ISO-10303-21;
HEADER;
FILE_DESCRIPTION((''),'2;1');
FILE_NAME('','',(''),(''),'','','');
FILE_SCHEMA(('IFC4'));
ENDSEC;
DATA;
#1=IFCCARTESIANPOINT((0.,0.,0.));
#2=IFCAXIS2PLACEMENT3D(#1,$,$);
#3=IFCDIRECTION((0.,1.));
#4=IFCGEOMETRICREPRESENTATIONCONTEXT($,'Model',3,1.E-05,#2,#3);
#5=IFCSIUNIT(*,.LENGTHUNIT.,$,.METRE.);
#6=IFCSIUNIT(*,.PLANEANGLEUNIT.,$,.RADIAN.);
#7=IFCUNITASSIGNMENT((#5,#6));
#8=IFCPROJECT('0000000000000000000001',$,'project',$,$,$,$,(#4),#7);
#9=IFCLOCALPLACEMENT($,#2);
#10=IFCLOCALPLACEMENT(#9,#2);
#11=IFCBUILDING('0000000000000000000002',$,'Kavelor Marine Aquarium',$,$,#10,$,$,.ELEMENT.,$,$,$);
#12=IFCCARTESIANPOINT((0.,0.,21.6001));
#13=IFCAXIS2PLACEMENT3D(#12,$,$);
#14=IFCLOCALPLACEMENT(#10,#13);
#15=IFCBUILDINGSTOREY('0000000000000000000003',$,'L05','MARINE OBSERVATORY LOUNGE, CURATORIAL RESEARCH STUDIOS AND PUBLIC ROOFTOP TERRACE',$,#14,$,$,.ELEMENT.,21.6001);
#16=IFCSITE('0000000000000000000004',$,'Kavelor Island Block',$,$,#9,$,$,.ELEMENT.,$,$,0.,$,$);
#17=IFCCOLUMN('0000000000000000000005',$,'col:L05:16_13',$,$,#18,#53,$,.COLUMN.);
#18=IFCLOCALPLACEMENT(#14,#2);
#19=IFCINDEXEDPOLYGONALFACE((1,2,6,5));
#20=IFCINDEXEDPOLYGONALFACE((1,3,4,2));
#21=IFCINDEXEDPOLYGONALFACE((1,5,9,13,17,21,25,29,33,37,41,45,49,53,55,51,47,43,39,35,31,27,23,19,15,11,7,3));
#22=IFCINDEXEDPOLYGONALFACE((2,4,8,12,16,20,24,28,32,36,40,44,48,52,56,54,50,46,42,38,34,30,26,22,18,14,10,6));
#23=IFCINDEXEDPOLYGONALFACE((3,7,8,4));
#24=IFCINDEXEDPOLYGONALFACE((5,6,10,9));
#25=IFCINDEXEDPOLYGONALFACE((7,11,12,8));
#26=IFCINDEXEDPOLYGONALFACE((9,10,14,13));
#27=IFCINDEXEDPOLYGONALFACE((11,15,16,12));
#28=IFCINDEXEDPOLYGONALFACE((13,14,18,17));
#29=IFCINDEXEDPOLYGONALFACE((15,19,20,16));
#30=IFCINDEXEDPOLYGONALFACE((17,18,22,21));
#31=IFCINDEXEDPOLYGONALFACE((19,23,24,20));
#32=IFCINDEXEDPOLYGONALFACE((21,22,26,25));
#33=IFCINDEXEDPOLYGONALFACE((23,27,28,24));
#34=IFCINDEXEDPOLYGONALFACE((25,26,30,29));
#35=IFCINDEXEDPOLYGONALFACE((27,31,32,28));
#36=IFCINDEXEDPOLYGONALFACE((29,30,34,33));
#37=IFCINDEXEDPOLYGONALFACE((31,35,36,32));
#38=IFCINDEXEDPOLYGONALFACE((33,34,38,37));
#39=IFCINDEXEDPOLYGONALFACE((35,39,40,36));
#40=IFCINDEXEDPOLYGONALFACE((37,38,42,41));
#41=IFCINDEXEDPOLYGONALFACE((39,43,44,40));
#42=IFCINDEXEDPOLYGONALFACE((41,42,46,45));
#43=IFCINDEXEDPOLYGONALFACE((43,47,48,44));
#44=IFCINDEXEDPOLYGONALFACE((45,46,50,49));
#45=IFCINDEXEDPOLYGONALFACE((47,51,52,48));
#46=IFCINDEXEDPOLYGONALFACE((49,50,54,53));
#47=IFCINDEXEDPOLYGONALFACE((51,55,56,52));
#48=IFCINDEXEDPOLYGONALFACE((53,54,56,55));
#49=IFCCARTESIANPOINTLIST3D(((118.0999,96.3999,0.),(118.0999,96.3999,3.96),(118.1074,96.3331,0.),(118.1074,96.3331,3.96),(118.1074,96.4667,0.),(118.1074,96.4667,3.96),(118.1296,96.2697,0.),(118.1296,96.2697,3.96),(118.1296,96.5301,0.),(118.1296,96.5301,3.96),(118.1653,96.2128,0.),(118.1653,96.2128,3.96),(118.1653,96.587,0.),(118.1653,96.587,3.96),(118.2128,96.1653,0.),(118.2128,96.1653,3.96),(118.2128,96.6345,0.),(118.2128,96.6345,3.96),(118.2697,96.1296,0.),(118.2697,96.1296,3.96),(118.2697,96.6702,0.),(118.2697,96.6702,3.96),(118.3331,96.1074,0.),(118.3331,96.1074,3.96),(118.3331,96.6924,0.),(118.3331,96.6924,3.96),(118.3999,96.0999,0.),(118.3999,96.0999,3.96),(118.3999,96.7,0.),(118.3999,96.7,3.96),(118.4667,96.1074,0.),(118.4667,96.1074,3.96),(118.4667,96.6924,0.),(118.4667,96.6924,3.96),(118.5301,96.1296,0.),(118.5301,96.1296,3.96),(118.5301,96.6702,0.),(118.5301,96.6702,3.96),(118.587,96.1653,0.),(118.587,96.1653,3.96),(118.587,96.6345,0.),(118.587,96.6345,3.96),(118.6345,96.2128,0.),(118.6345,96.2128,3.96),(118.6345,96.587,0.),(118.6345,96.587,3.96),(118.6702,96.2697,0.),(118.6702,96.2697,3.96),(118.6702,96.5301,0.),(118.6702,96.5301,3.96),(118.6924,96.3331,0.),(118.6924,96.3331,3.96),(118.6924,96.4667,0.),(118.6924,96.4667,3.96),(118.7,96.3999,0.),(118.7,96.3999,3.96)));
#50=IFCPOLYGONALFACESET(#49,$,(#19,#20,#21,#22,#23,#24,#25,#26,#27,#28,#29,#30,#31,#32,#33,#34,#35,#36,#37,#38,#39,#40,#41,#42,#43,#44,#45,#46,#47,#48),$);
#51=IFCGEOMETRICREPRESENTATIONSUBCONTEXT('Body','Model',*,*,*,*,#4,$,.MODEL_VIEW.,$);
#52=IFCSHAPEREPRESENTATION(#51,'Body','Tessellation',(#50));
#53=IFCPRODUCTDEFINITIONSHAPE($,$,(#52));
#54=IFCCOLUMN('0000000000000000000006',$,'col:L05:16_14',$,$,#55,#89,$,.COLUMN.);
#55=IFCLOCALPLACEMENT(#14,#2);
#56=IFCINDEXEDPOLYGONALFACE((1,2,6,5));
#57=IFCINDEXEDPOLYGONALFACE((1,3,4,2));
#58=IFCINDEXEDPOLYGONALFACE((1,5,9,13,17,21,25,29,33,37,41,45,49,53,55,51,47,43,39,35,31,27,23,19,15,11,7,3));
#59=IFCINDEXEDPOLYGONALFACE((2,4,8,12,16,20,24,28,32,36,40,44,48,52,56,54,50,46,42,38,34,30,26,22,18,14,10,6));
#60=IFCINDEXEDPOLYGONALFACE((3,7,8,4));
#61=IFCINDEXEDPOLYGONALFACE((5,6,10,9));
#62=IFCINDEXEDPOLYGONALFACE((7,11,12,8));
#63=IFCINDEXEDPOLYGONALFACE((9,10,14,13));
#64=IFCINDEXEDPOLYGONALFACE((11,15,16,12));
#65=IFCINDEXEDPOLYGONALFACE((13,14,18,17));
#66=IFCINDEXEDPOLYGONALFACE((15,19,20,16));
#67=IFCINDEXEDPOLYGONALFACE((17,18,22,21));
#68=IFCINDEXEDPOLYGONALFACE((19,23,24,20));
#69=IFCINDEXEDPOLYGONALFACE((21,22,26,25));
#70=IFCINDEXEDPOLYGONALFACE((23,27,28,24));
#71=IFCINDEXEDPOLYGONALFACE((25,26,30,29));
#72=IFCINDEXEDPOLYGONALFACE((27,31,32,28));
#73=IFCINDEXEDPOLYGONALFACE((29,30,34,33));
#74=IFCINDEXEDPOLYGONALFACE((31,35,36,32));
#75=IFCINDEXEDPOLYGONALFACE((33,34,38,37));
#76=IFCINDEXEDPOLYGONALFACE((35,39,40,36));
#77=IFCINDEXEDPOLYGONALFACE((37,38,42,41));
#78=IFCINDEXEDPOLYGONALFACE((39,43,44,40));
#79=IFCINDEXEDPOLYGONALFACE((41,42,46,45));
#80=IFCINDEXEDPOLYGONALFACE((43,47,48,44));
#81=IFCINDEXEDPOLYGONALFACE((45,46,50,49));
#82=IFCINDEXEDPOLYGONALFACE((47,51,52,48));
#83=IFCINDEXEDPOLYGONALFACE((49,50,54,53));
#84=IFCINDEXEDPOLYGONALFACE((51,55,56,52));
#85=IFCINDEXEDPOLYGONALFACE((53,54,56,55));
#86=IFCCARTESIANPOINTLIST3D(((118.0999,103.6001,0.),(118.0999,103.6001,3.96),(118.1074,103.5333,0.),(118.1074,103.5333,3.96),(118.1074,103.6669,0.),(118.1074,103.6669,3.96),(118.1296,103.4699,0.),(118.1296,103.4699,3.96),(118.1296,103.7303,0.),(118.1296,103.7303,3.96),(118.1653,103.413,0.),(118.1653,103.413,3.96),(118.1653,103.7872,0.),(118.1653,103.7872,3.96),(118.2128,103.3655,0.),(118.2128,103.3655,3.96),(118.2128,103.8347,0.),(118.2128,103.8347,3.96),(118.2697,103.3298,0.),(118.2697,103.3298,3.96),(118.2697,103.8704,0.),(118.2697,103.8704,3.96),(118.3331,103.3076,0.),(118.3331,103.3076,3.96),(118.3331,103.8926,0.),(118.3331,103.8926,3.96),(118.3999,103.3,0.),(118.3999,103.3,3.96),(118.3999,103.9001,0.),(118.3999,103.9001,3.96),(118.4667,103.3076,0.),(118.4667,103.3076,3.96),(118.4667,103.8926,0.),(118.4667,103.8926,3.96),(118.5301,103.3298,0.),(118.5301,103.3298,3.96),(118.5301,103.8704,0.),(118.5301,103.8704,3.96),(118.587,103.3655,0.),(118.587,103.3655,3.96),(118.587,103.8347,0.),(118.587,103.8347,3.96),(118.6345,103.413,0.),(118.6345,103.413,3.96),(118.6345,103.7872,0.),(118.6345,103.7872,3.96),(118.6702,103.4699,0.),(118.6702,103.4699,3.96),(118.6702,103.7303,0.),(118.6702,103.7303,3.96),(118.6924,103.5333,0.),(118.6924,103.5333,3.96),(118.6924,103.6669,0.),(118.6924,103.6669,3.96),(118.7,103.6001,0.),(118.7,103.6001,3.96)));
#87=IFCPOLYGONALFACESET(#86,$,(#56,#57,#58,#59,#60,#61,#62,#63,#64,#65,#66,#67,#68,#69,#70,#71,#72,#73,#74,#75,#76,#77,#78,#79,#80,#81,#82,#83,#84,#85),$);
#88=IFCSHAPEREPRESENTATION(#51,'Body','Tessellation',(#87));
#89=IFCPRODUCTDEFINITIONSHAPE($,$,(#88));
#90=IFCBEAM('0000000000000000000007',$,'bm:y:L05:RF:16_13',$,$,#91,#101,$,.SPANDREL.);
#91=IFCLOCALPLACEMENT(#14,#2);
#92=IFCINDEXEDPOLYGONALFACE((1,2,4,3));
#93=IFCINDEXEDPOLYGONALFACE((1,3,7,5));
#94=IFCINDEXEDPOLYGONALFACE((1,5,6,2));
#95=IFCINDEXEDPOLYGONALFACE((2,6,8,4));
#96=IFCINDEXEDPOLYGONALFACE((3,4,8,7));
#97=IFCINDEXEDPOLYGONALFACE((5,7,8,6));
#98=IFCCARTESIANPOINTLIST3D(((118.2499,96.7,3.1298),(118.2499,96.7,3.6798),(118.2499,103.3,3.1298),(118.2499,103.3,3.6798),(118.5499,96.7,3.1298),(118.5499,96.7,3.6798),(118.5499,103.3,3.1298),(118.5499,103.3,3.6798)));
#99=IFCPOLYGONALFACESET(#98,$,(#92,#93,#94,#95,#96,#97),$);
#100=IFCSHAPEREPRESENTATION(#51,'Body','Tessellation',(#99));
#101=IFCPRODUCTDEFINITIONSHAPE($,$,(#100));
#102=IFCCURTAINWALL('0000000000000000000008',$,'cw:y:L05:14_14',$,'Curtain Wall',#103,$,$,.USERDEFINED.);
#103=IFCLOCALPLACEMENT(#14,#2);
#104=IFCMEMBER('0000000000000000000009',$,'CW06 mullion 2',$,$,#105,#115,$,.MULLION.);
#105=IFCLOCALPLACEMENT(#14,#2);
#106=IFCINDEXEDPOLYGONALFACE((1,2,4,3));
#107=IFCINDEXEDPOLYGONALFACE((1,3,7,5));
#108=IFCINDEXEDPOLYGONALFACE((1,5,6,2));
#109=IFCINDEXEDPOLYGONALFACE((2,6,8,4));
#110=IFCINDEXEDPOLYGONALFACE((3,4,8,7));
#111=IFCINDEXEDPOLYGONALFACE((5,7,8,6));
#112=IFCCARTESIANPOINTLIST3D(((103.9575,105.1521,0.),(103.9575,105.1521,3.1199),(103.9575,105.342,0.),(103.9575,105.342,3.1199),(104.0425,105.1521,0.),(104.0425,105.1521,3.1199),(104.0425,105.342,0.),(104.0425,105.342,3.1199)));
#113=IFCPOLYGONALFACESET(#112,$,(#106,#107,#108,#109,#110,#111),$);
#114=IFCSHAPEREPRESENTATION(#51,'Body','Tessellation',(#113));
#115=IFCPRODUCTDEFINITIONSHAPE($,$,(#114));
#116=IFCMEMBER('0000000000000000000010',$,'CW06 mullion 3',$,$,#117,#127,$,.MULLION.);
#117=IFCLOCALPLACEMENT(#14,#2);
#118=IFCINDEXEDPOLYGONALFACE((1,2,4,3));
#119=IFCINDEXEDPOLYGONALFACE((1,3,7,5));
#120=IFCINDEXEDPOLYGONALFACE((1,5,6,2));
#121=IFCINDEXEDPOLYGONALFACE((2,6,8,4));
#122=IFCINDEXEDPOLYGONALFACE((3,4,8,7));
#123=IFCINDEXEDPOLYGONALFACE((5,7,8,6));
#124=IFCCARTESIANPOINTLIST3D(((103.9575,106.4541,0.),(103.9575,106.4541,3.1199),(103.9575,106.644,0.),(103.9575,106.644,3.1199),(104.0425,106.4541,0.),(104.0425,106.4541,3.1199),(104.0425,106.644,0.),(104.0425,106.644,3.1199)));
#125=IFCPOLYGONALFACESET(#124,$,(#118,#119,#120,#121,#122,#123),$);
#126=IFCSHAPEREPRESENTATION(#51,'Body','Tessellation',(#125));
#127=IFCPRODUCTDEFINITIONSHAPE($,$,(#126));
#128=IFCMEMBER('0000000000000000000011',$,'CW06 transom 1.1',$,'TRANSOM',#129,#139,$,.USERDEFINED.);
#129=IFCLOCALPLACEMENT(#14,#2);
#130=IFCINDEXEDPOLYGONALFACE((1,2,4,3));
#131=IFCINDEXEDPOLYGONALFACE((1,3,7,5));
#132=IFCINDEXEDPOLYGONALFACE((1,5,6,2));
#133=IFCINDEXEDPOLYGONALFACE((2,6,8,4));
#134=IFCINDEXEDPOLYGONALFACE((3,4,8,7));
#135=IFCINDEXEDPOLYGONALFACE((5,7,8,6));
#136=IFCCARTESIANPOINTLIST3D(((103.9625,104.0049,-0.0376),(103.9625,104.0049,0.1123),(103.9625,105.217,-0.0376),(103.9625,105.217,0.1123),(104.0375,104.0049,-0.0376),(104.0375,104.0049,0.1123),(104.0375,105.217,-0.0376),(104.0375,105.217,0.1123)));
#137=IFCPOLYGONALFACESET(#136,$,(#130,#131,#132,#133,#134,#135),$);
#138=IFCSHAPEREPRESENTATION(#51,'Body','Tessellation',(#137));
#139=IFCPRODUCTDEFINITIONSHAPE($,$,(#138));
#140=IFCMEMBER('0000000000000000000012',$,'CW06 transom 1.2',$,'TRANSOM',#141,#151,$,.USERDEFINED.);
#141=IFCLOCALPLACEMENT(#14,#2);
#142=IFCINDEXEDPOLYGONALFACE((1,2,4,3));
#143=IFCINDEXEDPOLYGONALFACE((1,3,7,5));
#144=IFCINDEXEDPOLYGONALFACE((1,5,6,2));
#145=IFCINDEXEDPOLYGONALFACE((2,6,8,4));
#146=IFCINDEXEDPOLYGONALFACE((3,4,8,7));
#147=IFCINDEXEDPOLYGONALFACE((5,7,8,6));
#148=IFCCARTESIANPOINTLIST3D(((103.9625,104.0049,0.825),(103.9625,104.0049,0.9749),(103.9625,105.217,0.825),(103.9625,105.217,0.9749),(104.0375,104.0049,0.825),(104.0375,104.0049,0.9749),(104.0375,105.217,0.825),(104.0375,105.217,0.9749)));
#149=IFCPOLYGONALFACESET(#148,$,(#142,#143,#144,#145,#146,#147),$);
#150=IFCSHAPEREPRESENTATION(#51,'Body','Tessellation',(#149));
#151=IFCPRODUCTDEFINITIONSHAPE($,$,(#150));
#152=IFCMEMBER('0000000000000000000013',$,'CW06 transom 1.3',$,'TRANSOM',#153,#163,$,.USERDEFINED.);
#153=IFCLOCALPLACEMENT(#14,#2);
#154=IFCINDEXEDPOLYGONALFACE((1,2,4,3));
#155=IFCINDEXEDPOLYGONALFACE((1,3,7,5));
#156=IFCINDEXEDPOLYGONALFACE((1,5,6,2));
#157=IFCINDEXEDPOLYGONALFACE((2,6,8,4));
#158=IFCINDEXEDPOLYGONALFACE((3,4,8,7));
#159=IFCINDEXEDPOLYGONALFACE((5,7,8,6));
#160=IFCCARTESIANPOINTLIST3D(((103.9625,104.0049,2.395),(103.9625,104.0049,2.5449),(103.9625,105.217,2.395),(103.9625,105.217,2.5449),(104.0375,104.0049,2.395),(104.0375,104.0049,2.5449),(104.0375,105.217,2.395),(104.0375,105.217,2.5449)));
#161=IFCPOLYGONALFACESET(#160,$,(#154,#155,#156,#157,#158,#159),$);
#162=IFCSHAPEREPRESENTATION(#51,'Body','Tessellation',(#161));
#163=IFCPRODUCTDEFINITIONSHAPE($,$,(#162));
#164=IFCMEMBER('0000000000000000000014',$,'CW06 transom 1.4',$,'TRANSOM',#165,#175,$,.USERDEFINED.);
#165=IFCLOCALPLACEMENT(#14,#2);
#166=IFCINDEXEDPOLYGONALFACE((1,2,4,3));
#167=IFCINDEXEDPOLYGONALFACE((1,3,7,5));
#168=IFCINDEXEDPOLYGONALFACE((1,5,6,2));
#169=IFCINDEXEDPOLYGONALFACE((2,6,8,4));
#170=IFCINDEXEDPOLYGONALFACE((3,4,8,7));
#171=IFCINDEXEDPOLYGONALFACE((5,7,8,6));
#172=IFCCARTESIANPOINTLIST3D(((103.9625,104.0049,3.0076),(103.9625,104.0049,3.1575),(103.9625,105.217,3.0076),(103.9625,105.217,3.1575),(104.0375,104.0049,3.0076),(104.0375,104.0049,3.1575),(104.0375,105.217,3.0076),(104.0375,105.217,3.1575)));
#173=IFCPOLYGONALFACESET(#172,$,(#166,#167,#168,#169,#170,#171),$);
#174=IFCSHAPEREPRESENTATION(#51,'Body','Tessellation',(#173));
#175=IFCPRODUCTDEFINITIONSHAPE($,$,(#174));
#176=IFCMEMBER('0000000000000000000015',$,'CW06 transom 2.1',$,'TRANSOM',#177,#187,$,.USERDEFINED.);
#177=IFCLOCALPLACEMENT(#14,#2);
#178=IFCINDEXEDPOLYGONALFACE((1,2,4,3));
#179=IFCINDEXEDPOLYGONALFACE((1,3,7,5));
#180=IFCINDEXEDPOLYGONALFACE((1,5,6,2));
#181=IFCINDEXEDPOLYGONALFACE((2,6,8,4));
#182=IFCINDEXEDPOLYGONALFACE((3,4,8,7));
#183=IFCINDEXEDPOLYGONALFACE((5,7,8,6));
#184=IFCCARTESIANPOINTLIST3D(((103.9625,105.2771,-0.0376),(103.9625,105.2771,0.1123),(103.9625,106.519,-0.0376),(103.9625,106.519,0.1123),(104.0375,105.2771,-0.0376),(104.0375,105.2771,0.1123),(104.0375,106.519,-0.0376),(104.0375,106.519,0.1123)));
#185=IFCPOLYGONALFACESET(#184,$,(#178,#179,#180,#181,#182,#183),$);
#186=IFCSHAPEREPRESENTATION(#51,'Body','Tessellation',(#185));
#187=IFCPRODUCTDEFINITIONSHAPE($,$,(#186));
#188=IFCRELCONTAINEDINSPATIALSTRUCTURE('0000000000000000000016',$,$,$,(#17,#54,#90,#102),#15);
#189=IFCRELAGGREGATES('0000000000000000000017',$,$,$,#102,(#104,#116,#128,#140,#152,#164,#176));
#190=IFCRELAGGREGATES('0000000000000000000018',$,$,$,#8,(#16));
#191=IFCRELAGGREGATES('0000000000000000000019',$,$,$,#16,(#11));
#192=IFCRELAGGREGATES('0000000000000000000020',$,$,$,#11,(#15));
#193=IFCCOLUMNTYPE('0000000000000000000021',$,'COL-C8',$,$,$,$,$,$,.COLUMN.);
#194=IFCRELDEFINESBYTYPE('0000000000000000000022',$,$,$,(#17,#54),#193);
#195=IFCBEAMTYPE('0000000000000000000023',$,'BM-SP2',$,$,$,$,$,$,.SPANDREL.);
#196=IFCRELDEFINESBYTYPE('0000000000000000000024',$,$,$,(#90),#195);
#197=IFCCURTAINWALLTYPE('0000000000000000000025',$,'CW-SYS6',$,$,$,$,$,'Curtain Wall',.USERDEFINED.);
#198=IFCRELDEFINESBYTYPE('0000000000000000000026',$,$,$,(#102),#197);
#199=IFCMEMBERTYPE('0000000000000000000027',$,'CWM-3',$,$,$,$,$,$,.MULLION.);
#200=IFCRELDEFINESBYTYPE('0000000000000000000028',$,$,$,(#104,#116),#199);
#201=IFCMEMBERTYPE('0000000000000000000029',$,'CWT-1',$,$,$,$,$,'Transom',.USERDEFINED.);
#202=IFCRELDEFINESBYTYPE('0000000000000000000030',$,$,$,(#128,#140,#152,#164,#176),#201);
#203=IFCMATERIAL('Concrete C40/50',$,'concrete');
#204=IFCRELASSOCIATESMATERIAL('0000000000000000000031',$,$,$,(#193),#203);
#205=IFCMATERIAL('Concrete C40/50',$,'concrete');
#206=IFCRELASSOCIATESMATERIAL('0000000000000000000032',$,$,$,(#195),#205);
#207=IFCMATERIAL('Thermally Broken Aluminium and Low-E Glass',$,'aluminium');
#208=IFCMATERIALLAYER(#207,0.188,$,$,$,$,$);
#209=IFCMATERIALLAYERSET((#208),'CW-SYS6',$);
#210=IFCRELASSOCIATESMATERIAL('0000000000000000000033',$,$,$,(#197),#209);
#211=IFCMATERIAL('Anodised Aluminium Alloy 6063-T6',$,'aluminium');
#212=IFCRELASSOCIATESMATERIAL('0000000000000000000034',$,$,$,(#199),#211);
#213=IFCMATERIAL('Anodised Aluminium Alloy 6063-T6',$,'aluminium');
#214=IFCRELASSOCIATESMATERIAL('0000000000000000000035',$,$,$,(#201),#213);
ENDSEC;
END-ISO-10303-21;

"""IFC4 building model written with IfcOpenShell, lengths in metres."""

from ifc_helpers import new_model, si_unit, direction, frame, origin, origin_2d, place, context, subcontext, project, spatial, rectangle, circle, extrude, material, layer, layer_set, material_profile, profile_set, type_object, element, aggregate, save


model = new_model("IFC4")

# Units and contexts
model_context = context("Model", 3, precision=1e-05, world=origin(), true_north=direction((0.0, 1.0)))
body_context = subcontext(model_context, "Body", "Model", "MODEL_VIEW")
ifc_project = project(units=[si_unit("LENGTHUNIT", "METRE"), si_unit("PLANEANGLEUNIT", "RADIAN")], contexts=[model_context])

# Site, building, storey
site_placement = place(None, origin())
site = spatial("IfcSite", under=ifc_project, at=site_placement, Name="Kavelor Island Block", CompositionType="ELEMENT", RefElevation=0.0)
building_placement = place(site_placement, origin())
building = spatial("IfcBuilding", under=site, at=building_placement, Name="Kavelor Marine Aquarium", CompositionType="ELEMENT")
storey_placement = place(building_placement, frame((0.0, 0.0, 21.6001)))
storey = spatial("IfcBuildingStorey", under=building, at=storey_placement, Name="L05", Description="MARINE OBSERVATORY LOUNGE, CURATORIAL RESEARCH STUDIOS AND PUBLIC ROOFTOP TERRACE", CompositionType="ELEMENT", Elevation=21.6001)

# Columns
ifc_material_1 = material(Name="Concrete C40/50", Category="concrete")
ifc_material_profile_1 = material_profile(ifc_material_1, circle(Radius=0.3, at=origin_2d()), Name="RC-COL D600")
ifc_profile_set_1 = profile_set([ifc_material_profile_1], Name="Concrete C40/50")
column_type = type_object("IfcColumnType", Name="COL-C8", PredefinedType="COLUMN", material=ifc_profile_set_1)
for number, where, z_axis, x_axis, name in (
    (1, (118.3999, 96.3999, 0.0), (0.0, 0.0, 1.0), (1.0, 0.0, 0.0), "col:L05:16_13"),
    (2, (118.3999, 103.6001, 0.0), (0.0, 0.0, 1.0), (1.0, 0.0, 0.0), "col:L05:16_14"),
):
    element("IfcColumn", number, at=place(storey_placement, frame(where, z_axis=z_axis, x_axis=x_axis)), inside=storey, type_object=column_type, Name=name, PredefinedType="COLUMN", context=body_context, shape_type="SweptSolid", body=[
        extrude(circle(Radius=0.3, at=origin_2d()), origin(), (0.0, 0.0, 1.0), 3.96),
    ])

# Beam
ifc_material_2 = material(Name="Concrete C40/50", Category="concrete")
ifc_material_profile_2 = material_profile(ifc_material_2, rectangle(XDim=0.3, YDim=0.55, at=origin_2d()), Name="RC-SP 300x550")
ifc_profile_set_2 = profile_set([ifc_material_profile_2], Name="Concrete C40/50")
beam_type = type_object("IfcBeamType", Name="BM-SP2", PredefinedType="SPANDREL", material=ifc_profile_set_2)
beam_placement = place(storey_placement, frame((118.3999, 96.7, 3.4048), z_axis=(0.0, 1.0, 0.0), x_axis=(-1.0, 0.0, 0.0)))
element("IfcBeam", 3, at=beam_placement, inside=storey, type_object=beam_type, Name="bm:y:L05:RF:16_13", PredefinedType="SPANDREL", context=body_context, shape_type="SweptSolid", body=[
    extrude(rectangle(XDim=0.3, YDim=0.55, at=origin_2d()), origin(), (0.0, 0.0, 1.0), 6.6001),
])

# Curtain wall, members
ifc_material_3 = material(Name="Thermally Broken Aluminium and Low-E Glass", Category="aluminium")
ifc_layer_1 = layer(ifc_material_3, 0.188)
ifc_layer_set_1 = layer_set([ifc_layer_1], Name="CW-SYS6")
curtain_wall_type = type_object("IfcCurtainWallType", Name="CW-SYS6", ElementType="Curtain Wall", PredefinedType="USERDEFINED", material=ifc_layer_set_1)
curtain_wall_placement = place(storey_placement, origin())
curtain_wall = element("IfcCurtainWall", 4, at=curtain_wall_placement, inside=storey, type_object=curtain_wall_type, Name="cw:y:L05:14_14", ObjectType="Curtain Wall", PredefinedType="USERDEFINED")
ifc_material_4 = material(Name="Anodised Aluminium Alloy 6063-T6", Category="aluminium")
ifc_material_profile_3 = material_profile(ifc_material_4, rectangle(XDim=0.085, YDim=0.1899, at=origin_2d()), Name="CW-MUL 85x190")
ifc_profile_set_3 = profile_set([ifc_material_profile_3], Name="Anodised Aluminium Alloy 6063-T6")
member_type_1 = type_object("IfcMemberType", Name="CWM-3", PredefinedType="MULLION", material=ifc_profile_set_3)
member_1_placement = place(storey_placement, frame((104.0, 105.2471, 0.0), z_axis=(0.0, 0.0, 1.0), x_axis=(-1.0, 0.0, 0.0)))
member_1 = element("IfcMember", 5, at=member_1_placement, type_object=member_type_1, Name="CW06 mullion 2", PredefinedType="MULLION", context=body_context, shape_type="SweptSolid", body=[
    extrude(rectangle(XDim=0.085, YDim=0.1899, at=origin_2d()), origin(), (0.0, 0.0, 1.0), 3.1199),
])
member_2_placement = place(storey_placement, frame((104.0, 106.5491, 0.0), z_axis=(0.0, 0.0, 1.0), x_axis=(-1.0, 0.0, 0.0)))
member_2 = element("IfcMember", 6, at=member_2_placement, type_object=member_type_1, Name="CW06 mullion 3", PredefinedType="MULLION", context=body_context, shape_type="SweptSolid", body=[
    extrude(rectangle(XDim=0.085, YDim=0.1899, at=origin_2d()), origin(), (0.0, 0.0, 1.0), 3.1199),
])
ifc_material_5 = material(Name="Anodised Aluminium Alloy 6063-T6", Category="aluminium")
ifc_material_profile_4 = material_profile(ifc_material_5, rectangle(XDim=0.075, YDim=0.1499, at=origin_2d()), Name="CW-TRN 75x150")
ifc_profile_set_4 = profile_set([ifc_material_profile_4], Name="Anodised Aluminium Alloy 6063-T6")
member_type_2 = type_object("IfcMemberType", Name="CWT-1", ElementType="Transom", PredefinedType="USERDEFINED", material=ifc_profile_set_4)
member_3_placement = place(storey_placement, frame((104.0, 104.0049, 0.0374), z_axis=(0.0, 1.0, 0.0), x_axis=(-1.0, 0.0, 0.0)))
member_3 = element("IfcMember", 7, at=member_3_placement, type_object=member_type_2, Name="CW06 transom 1.1", ObjectType="TRANSOM", PredefinedType="USERDEFINED", context=body_context, shape_type="SweptSolid", body=[
    extrude(rectangle(XDim=0.075, YDim=0.1499, at=origin_2d()), origin(), (0.0, 0.0, 1.0), 1.2122),
])
member_4_placement = place(storey_placement, frame((104.0, 104.0049, 0.8999), z_axis=(0.0, 1.0, 0.0), x_axis=(-1.0, 0.0, 0.0)))
member_4 = element("IfcMember", 8, at=member_4_placement, type_object=member_type_2, Name="CW06 transom 1.2", ObjectType="TRANSOM", PredefinedType="USERDEFINED", context=body_context, shape_type="SweptSolid", body=[
    extrude(rectangle(XDim=0.075, YDim=0.1499, at=origin_2d()), origin(), (0.0, 0.0, 1.0), 1.2122),
])
member_5_placement = place(storey_placement, frame((104.0, 104.0049, 2.47), z_axis=(0.0, 1.0, 0.0), x_axis=(-1.0, 0.0, 0.0)))
member_5 = element("IfcMember", 9, at=member_5_placement, type_object=member_type_2, Name="CW06 transom 1.3", ObjectType="TRANSOM", PredefinedType="USERDEFINED", context=body_context, shape_type="SweptSolid", body=[
    extrude(rectangle(XDim=0.075, YDim=0.1499, at=origin_2d()), origin(), (0.0, 0.0, 1.0), 1.2122),
])
member_6_placement = place(storey_placement, frame((104.0, 104.0049, 3.0825), z_axis=(0.0, 1.0, 0.0), x_axis=(-1.0, 0.0, 0.0)))
member_6 = element("IfcMember", 10, at=member_6_placement, type_object=member_type_2, Name="CW06 transom 1.4", ObjectType="TRANSOM", PredefinedType="USERDEFINED", context=body_context, shape_type="SweptSolid", body=[
    extrude(rectangle(XDim=0.075, YDim=0.1499, at=origin_2d()), origin(), (0.0, 0.0, 1.0), 1.2122),
])
member_7_placement = place(storey_placement, frame((104.0, 105.2771, 0.0374), z_axis=(0.0, 1.0, 0.0), x_axis=(-1.0, 0.0, 0.0)))
member_7 = element("IfcMember", 11, at=member_7_placement, type_object=member_type_2, Name="CW06 transom 2.1", ObjectType="TRANSOM", PredefinedType="USERDEFINED", context=body_context, shape_type="SweptSolid", body=[
    extrude(rectangle(XDim=0.075, YDim=0.1499, at=origin_2d()), origin(), (0.0, 0.0, 1.0), 1.2419),
])
aggregate(curtain_wall, [member_1, member_2, member_3, member_4, member_5, member_6, member_7])

save(model, "model.ifc")
